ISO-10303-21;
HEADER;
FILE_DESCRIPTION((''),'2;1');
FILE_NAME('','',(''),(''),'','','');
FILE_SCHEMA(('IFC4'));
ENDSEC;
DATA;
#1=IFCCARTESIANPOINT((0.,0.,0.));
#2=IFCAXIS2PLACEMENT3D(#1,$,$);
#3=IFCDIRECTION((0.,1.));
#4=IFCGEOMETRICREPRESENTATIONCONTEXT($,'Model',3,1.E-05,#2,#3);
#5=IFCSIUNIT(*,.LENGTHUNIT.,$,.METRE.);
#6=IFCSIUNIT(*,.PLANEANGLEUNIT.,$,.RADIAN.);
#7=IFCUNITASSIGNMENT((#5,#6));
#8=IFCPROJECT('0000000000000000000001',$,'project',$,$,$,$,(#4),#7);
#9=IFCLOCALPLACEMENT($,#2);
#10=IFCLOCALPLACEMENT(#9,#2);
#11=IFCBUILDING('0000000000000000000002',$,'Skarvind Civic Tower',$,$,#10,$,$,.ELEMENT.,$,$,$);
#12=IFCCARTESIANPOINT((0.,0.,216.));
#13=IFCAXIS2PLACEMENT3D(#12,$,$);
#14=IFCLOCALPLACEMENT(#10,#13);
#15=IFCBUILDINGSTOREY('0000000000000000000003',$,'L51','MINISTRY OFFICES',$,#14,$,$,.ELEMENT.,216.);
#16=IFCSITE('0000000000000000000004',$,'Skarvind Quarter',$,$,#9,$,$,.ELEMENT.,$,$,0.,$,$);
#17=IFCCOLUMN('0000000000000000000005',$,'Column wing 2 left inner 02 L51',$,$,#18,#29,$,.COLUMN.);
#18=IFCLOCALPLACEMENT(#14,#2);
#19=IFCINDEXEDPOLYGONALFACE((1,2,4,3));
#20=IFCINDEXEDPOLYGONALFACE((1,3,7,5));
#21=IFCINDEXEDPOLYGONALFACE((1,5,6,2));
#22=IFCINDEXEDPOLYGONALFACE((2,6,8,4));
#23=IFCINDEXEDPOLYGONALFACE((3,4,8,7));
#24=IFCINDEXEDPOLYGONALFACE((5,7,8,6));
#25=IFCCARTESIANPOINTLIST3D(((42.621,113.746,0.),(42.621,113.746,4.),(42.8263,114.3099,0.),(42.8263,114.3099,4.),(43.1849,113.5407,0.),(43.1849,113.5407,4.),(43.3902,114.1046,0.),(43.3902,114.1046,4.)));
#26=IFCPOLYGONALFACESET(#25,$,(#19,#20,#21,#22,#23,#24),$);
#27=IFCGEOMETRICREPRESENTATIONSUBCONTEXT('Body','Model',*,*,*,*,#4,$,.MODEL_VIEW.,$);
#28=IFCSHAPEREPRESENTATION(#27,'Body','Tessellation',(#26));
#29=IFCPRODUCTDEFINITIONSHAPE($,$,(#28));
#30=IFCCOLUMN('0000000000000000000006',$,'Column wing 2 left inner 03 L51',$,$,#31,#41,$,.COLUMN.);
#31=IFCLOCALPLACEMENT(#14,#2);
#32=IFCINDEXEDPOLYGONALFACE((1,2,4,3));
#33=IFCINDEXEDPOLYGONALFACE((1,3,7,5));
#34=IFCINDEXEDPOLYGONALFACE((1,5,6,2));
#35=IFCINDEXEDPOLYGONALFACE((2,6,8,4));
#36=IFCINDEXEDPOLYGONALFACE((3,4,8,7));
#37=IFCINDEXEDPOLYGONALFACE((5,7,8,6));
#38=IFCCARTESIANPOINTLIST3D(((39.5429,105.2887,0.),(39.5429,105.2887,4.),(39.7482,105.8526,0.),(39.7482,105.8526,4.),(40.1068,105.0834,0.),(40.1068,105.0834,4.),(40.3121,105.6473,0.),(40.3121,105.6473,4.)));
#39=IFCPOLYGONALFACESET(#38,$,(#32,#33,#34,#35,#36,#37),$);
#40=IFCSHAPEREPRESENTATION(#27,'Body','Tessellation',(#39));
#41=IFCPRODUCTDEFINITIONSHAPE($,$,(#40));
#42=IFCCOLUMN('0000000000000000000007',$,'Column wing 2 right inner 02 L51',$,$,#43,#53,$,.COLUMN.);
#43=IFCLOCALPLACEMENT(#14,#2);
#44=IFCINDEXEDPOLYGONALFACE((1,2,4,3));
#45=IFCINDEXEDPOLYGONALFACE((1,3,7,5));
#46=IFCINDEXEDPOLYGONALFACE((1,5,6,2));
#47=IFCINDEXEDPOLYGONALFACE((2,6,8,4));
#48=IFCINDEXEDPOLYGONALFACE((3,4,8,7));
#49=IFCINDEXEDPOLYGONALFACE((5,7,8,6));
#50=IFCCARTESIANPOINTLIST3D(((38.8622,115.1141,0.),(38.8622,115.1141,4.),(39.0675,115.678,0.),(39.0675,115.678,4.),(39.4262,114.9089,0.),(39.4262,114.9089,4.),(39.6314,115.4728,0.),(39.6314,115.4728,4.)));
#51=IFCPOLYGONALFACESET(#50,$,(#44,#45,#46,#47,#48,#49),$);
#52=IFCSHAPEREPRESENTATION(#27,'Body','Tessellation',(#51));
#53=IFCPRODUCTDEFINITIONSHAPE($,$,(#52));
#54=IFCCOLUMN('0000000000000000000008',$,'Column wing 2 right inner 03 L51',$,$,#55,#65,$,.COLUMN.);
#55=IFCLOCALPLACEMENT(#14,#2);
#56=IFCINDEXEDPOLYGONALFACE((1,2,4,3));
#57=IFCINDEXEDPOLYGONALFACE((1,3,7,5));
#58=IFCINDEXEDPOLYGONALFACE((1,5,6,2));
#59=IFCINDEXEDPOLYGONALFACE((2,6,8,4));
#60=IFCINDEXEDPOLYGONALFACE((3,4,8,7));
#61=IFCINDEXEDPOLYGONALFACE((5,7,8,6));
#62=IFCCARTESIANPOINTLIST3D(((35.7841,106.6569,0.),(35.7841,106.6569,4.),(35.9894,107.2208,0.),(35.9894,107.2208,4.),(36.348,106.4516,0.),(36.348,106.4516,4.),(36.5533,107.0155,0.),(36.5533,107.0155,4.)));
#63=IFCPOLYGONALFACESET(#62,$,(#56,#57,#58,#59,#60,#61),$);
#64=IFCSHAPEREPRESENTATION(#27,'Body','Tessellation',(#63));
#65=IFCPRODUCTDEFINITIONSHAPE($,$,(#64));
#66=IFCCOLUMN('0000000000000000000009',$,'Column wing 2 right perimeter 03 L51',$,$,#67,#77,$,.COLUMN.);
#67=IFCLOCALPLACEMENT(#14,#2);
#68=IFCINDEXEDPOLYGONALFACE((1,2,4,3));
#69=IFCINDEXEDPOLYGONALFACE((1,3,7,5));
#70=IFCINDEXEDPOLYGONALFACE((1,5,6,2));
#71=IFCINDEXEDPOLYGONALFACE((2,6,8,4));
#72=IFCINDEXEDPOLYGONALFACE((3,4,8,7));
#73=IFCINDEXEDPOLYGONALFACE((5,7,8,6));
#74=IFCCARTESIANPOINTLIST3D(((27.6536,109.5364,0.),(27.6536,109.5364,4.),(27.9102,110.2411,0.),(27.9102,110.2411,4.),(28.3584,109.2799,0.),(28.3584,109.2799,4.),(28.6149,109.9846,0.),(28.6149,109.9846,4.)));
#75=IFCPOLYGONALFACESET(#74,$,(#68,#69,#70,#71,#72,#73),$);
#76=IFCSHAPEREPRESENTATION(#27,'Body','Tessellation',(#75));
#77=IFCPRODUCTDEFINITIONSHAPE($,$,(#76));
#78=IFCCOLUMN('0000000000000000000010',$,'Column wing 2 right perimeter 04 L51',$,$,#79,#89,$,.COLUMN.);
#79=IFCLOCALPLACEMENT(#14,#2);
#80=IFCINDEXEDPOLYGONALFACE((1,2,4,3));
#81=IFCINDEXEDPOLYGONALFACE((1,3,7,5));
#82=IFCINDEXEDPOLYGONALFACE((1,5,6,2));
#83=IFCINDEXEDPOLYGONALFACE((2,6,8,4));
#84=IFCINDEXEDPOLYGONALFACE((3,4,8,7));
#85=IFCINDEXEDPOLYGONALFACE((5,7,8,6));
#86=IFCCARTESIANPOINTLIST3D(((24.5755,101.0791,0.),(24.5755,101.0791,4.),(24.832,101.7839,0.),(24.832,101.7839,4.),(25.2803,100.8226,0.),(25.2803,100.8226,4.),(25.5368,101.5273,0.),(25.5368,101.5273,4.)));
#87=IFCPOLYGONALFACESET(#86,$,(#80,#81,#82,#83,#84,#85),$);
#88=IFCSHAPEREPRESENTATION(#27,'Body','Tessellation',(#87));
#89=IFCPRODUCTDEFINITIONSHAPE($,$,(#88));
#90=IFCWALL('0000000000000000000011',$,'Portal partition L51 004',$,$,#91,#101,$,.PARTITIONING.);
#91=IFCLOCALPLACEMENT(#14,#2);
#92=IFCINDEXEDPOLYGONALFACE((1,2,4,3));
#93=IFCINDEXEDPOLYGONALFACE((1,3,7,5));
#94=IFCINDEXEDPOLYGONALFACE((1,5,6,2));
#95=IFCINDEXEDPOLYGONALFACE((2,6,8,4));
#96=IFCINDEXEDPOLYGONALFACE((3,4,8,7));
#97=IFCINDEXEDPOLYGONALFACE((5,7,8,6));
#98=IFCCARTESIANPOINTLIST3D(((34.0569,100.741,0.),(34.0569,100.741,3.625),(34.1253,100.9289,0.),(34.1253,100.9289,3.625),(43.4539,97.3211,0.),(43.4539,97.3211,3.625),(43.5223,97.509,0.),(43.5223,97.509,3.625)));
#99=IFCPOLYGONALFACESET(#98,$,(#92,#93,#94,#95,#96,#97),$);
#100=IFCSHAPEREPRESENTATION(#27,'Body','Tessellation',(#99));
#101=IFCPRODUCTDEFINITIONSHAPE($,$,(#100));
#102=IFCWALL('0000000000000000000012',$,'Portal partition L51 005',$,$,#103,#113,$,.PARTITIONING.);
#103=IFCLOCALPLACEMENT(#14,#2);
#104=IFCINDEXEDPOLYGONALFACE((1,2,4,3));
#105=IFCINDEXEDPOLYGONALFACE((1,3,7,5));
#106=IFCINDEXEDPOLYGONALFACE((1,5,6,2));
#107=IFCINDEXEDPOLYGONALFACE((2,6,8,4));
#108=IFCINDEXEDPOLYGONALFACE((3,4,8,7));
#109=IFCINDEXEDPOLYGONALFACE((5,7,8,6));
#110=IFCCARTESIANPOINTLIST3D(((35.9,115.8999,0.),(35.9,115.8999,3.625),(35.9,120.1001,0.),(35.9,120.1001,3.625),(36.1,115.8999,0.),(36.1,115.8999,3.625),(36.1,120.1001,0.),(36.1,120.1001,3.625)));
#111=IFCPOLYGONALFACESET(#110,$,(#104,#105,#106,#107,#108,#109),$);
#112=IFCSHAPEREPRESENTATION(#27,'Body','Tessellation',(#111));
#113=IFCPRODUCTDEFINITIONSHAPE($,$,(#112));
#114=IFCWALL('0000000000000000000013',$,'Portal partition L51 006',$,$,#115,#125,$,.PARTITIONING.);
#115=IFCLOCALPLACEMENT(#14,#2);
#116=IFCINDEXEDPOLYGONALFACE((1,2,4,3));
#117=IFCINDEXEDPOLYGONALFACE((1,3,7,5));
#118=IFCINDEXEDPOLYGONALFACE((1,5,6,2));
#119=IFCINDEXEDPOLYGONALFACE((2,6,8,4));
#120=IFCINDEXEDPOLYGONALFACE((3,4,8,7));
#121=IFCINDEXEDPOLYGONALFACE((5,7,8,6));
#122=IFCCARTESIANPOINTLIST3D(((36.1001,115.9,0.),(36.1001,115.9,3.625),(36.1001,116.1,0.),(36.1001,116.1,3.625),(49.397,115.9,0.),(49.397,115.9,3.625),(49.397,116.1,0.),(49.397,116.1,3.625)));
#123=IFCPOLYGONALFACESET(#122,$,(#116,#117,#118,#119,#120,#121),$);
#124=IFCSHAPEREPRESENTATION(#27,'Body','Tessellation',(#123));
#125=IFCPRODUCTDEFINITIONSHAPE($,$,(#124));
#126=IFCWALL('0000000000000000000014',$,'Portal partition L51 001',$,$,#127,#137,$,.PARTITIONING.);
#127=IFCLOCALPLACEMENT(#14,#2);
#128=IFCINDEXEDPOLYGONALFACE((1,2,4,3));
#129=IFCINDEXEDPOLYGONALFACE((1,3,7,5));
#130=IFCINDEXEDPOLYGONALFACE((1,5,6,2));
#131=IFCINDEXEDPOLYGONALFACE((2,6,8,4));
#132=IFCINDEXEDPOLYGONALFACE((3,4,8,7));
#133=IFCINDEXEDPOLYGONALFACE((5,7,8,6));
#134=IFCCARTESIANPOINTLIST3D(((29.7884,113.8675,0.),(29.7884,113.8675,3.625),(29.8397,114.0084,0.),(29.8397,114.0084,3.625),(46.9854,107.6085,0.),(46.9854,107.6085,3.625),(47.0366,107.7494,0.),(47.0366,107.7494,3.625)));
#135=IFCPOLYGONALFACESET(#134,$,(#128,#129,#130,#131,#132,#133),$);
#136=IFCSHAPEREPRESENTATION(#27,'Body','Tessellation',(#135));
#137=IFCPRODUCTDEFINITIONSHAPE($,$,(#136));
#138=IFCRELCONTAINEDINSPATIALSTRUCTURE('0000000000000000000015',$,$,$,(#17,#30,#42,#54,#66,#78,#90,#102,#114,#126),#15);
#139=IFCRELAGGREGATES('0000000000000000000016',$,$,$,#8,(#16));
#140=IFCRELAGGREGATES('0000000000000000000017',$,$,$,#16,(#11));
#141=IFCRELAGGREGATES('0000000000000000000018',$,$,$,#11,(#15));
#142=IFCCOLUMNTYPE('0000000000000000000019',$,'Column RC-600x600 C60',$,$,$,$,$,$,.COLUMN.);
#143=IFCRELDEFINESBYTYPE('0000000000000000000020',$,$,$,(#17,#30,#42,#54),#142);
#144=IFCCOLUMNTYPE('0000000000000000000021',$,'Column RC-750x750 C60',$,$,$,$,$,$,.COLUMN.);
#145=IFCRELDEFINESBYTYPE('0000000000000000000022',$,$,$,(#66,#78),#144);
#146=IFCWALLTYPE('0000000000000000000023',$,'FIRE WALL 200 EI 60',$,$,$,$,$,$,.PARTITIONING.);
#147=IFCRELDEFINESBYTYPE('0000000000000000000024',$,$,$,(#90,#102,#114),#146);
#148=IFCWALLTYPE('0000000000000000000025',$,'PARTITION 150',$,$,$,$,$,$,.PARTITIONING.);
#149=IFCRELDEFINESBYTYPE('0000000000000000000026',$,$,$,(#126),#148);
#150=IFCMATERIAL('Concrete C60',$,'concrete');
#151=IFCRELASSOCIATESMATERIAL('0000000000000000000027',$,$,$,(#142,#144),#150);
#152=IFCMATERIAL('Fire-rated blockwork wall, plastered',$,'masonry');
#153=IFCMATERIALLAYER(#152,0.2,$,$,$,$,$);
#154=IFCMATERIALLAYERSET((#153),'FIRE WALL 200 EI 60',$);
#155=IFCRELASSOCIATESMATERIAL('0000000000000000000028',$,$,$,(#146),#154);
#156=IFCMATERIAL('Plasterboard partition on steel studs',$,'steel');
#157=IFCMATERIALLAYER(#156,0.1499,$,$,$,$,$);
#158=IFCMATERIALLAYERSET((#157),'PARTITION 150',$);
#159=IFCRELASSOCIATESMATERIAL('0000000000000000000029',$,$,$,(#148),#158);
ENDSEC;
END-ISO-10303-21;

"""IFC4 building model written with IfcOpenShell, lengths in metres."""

from ifc_helpers import new_model, si_unit, direction, frame, frame_2d, origin, origin_2d, place, context, subcontext, project, spatial, rectangle, extrude, material, layer, layer_set, material_profile, profile_set, type_object, element, save


model = new_model("IFC4")

# Units and contexts
model_context = context("Model", 3, precision=1e-05, world=origin(), true_north=direction((0.0, 1.0)))
body_context = subcontext(model_context, "Body", "Model", "MODEL_VIEW")
ifc_project = project(units=[si_unit("LENGTHUNIT", "METRE"), si_unit("PLANEANGLEUNIT", "RADIAN")], contexts=[model_context])

# Site, building, storey
site_placement = place(None, origin())
site = spatial("IfcSite", under=ifc_project, at=site_placement, Name="Skarvind Quarter", CompositionType="ELEMENT", RefElevation=0.0)
building_placement = place(site_placement, origin())
building = spatial("IfcBuilding", under=site, at=building_placement, Name="Skarvind Civic Tower", CompositionType="ELEMENT")
storey_placement = place(building_placement, frame((0.0, 0.0, 216.0)))
storey = spatial("IfcBuildingStorey", under=building, at=storey_placement, Name="L51", Description="MINISTRY OFFICES", CompositionType="ELEMENT", Elevation=216.0)

# Columns
ifc_material_1 = material(Name="Concrete C60", Category="concrete")
ifc_material_profile_1 = material_profile(ifc_material_1, rectangle(XDim=0.6001, YDim=0.6001, at=origin_2d()), Name="RC-600x600")
ifc_profile_set_1 = profile_set([ifc_material_profile_1], Name="Concrete C60")
column_type_1 = type_object("IfcColumnType", Name="Column RC-600x600 C60", PredefinedType="COLUMN", material=ifc_profile_set_1)
for number, where, z_axis, x_axis, name in (
    (1, (43.0056, 113.9253, 0.0), (0.0, 0.0, 1.0), (-0.34202, -0.939693, 0.0), "Column wing 2 left inner 02 L51"),
    (2, (39.9275, 105.468, 0.0), (0.0, 0.0, 1.0), (-0.34202, -0.939693, 0.0), "Column wing 2 left inner 03 L51"),
    (3, (39.2468, 115.2935, 0.0), (0.0, 0.0, 1.0), (-0.34202, -0.939693, 0.0), "Column wing 2 right inner 02 L51"),
    (4, (36.1687, 106.8362, 0.0), (0.0, 0.0, 1.0), (-0.34202, -0.939693, 0.0), "Column wing 2 right inner 03 L51"),
):
    element("IfcColumn", number, at=place(storey_placement, frame(where, z_axis=z_axis, x_axis=x_axis)), inside=storey, type_object=column_type_1, Name=name, PredefinedType="COLUMN", context=body_context, shape_type="SweptSolid", body=[
        extrude(rectangle(XDim=0.6001, YDim=0.6001, at=origin_2d()), origin(), (0.0, 0.0, 1.0), 4.0),
    ])
ifc_material_profile_2 = material_profile(ifc_material_1, rectangle(XDim=0.75, YDim=0.75, at=origin_2d()), Name="RC-750x750")
ifc_profile_set_2 = profile_set([ifc_material_profile_2], Name="Concrete C60")
column_type_2 = type_object("IfcColumnType", Name="Column RC-750x750 C60", PredefinedType="COLUMN", material=ifc_profile_set_2)
for number, where, z_axis, x_axis, name in (
    (5, (28.1343, 109.7605, 0.0), (0.0, 0.0, 1.0), (-0.34202, -0.939693, 0.0), "Column wing 2 right perimeter 03 L51"),
    (6, (25.0562, 101.3032, 0.0), (0.0, 0.0, 1.0), (-0.34202, -0.939693, 0.0), "Column wing 2 right perimeter 04 L51"),
):
    element("IfcColumn", number, at=place(storey_placement, frame(where, z_axis=z_axis, x_axis=x_axis)), inside=storey, type_object=column_type_2, Name=name, PredefinedType="COLUMN", context=body_context, shape_type="SweptSolid", body=[
        extrude(rectangle(XDim=0.75, YDim=0.75, at=origin_2d()), origin(), (0.0, 0.0, 1.0), 4.0),
    ])

# Walls
ifc_material_2 = material(Name="Fire-rated blockwork wall, plastered", Category="masonry")
ifc_layer_1 = layer(ifc_material_2, 0.2)
ifc_layer_set_1 = layer_set([ifc_layer_1], Name="FIRE WALL 200 EI 60")
wall_type_1 = type_object("IfcWallType", Name="FIRE WALL 200 EI 60", PredefinedType="PARTITIONING", material=ifc_layer_set_1)
wall_1_placement = place(storey_placement, frame((34.0911, 100.835, 0.0), z_axis=(0.0, 0.0, 1.0), x_axis=(0.939702, -0.341994, 0.0)))
element("IfcWall", 7, at=wall_1_placement, inside=storey, type_object=wall_type_1, Name="Portal partition L51 004", PredefinedType="PARTITIONING", context=body_context, shape_type="SweptSolid", body=[
    extrude(rectangle(XDim=10.0, YDim=0.2, at=frame_2d((5.0, 0.0))), origin(), (0.0, 0.0, 1.0), 3.625),
])
wall_2_placement = place(storey_placement, frame((36.0, 115.8999, 0.0), z_axis=(0.0, 0.0, 1.0), x_axis=(0.0, 1.0, 0.0)))
element("IfcWall", 8, at=wall_2_placement, inside=storey, type_object=wall_type_1, Name="Portal partition L51 005", PredefinedType="PARTITIONING", context=body_context, shape_type="SweptSolid", body=[
    extrude(rectangle(XDim=4.2002, YDim=0.2, at=frame_2d((2.1001, 0.0))), origin(), (0.0, 0.0, 1.0), 3.625),
])
wall_3_placement = place(storey_placement, frame((36.1001, 116.0, 0.0), z_axis=(0.0, 0.0, 1.0), x_axis=(1.0, 0.0, 0.0)))
element("IfcWall", 9, at=wall_3_placement, inside=storey, type_object=wall_type_1, Name="Portal partition L51 006", PredefinedType="PARTITIONING", context=body_context, shape_type="SweptSolid", body=[
    extrude(rectangle(XDim=13.2969, YDim=0.2, at=frame_2d((6.6484, 0.0))), origin(), (0.0, 0.0, 1.0), 3.625),
])
ifc_material_3 = material(Name="Plasterboard partition on steel studs", Category="steel")
ifc_layer_2 = layer(ifc_material_3, 0.1499)
ifc_layer_set_2 = layer_set([ifc_layer_2], Name="PARTITION 150")
wall_type_2 = type_object("IfcWallType", Name="PARTITION 150", PredefinedType="PARTITIONING", material=ifc_layer_set_2)
wall_4_placement = place(storey_placement, frame((29.814, 113.938, 0.0), z_axis=(0.0, 0.0, 1.0), x_axis=(0.939696, -0.342012, 0.0)))
element("IfcWall", 10, at=wall_4_placement, inside=storey, type_object=wall_type_2, Name="Portal partition L51 001", PredefinedType="PARTITIONING", context=body_context, shape_type="SweptSolid", body=[
    extrude(rectangle(XDim=18.3005, YDim=0.1499, at=frame_2d((9.1504, 0.0))), origin(), (0.0, 0.0, 1.0), 3.625),
])

save(model, "model.ifc")
